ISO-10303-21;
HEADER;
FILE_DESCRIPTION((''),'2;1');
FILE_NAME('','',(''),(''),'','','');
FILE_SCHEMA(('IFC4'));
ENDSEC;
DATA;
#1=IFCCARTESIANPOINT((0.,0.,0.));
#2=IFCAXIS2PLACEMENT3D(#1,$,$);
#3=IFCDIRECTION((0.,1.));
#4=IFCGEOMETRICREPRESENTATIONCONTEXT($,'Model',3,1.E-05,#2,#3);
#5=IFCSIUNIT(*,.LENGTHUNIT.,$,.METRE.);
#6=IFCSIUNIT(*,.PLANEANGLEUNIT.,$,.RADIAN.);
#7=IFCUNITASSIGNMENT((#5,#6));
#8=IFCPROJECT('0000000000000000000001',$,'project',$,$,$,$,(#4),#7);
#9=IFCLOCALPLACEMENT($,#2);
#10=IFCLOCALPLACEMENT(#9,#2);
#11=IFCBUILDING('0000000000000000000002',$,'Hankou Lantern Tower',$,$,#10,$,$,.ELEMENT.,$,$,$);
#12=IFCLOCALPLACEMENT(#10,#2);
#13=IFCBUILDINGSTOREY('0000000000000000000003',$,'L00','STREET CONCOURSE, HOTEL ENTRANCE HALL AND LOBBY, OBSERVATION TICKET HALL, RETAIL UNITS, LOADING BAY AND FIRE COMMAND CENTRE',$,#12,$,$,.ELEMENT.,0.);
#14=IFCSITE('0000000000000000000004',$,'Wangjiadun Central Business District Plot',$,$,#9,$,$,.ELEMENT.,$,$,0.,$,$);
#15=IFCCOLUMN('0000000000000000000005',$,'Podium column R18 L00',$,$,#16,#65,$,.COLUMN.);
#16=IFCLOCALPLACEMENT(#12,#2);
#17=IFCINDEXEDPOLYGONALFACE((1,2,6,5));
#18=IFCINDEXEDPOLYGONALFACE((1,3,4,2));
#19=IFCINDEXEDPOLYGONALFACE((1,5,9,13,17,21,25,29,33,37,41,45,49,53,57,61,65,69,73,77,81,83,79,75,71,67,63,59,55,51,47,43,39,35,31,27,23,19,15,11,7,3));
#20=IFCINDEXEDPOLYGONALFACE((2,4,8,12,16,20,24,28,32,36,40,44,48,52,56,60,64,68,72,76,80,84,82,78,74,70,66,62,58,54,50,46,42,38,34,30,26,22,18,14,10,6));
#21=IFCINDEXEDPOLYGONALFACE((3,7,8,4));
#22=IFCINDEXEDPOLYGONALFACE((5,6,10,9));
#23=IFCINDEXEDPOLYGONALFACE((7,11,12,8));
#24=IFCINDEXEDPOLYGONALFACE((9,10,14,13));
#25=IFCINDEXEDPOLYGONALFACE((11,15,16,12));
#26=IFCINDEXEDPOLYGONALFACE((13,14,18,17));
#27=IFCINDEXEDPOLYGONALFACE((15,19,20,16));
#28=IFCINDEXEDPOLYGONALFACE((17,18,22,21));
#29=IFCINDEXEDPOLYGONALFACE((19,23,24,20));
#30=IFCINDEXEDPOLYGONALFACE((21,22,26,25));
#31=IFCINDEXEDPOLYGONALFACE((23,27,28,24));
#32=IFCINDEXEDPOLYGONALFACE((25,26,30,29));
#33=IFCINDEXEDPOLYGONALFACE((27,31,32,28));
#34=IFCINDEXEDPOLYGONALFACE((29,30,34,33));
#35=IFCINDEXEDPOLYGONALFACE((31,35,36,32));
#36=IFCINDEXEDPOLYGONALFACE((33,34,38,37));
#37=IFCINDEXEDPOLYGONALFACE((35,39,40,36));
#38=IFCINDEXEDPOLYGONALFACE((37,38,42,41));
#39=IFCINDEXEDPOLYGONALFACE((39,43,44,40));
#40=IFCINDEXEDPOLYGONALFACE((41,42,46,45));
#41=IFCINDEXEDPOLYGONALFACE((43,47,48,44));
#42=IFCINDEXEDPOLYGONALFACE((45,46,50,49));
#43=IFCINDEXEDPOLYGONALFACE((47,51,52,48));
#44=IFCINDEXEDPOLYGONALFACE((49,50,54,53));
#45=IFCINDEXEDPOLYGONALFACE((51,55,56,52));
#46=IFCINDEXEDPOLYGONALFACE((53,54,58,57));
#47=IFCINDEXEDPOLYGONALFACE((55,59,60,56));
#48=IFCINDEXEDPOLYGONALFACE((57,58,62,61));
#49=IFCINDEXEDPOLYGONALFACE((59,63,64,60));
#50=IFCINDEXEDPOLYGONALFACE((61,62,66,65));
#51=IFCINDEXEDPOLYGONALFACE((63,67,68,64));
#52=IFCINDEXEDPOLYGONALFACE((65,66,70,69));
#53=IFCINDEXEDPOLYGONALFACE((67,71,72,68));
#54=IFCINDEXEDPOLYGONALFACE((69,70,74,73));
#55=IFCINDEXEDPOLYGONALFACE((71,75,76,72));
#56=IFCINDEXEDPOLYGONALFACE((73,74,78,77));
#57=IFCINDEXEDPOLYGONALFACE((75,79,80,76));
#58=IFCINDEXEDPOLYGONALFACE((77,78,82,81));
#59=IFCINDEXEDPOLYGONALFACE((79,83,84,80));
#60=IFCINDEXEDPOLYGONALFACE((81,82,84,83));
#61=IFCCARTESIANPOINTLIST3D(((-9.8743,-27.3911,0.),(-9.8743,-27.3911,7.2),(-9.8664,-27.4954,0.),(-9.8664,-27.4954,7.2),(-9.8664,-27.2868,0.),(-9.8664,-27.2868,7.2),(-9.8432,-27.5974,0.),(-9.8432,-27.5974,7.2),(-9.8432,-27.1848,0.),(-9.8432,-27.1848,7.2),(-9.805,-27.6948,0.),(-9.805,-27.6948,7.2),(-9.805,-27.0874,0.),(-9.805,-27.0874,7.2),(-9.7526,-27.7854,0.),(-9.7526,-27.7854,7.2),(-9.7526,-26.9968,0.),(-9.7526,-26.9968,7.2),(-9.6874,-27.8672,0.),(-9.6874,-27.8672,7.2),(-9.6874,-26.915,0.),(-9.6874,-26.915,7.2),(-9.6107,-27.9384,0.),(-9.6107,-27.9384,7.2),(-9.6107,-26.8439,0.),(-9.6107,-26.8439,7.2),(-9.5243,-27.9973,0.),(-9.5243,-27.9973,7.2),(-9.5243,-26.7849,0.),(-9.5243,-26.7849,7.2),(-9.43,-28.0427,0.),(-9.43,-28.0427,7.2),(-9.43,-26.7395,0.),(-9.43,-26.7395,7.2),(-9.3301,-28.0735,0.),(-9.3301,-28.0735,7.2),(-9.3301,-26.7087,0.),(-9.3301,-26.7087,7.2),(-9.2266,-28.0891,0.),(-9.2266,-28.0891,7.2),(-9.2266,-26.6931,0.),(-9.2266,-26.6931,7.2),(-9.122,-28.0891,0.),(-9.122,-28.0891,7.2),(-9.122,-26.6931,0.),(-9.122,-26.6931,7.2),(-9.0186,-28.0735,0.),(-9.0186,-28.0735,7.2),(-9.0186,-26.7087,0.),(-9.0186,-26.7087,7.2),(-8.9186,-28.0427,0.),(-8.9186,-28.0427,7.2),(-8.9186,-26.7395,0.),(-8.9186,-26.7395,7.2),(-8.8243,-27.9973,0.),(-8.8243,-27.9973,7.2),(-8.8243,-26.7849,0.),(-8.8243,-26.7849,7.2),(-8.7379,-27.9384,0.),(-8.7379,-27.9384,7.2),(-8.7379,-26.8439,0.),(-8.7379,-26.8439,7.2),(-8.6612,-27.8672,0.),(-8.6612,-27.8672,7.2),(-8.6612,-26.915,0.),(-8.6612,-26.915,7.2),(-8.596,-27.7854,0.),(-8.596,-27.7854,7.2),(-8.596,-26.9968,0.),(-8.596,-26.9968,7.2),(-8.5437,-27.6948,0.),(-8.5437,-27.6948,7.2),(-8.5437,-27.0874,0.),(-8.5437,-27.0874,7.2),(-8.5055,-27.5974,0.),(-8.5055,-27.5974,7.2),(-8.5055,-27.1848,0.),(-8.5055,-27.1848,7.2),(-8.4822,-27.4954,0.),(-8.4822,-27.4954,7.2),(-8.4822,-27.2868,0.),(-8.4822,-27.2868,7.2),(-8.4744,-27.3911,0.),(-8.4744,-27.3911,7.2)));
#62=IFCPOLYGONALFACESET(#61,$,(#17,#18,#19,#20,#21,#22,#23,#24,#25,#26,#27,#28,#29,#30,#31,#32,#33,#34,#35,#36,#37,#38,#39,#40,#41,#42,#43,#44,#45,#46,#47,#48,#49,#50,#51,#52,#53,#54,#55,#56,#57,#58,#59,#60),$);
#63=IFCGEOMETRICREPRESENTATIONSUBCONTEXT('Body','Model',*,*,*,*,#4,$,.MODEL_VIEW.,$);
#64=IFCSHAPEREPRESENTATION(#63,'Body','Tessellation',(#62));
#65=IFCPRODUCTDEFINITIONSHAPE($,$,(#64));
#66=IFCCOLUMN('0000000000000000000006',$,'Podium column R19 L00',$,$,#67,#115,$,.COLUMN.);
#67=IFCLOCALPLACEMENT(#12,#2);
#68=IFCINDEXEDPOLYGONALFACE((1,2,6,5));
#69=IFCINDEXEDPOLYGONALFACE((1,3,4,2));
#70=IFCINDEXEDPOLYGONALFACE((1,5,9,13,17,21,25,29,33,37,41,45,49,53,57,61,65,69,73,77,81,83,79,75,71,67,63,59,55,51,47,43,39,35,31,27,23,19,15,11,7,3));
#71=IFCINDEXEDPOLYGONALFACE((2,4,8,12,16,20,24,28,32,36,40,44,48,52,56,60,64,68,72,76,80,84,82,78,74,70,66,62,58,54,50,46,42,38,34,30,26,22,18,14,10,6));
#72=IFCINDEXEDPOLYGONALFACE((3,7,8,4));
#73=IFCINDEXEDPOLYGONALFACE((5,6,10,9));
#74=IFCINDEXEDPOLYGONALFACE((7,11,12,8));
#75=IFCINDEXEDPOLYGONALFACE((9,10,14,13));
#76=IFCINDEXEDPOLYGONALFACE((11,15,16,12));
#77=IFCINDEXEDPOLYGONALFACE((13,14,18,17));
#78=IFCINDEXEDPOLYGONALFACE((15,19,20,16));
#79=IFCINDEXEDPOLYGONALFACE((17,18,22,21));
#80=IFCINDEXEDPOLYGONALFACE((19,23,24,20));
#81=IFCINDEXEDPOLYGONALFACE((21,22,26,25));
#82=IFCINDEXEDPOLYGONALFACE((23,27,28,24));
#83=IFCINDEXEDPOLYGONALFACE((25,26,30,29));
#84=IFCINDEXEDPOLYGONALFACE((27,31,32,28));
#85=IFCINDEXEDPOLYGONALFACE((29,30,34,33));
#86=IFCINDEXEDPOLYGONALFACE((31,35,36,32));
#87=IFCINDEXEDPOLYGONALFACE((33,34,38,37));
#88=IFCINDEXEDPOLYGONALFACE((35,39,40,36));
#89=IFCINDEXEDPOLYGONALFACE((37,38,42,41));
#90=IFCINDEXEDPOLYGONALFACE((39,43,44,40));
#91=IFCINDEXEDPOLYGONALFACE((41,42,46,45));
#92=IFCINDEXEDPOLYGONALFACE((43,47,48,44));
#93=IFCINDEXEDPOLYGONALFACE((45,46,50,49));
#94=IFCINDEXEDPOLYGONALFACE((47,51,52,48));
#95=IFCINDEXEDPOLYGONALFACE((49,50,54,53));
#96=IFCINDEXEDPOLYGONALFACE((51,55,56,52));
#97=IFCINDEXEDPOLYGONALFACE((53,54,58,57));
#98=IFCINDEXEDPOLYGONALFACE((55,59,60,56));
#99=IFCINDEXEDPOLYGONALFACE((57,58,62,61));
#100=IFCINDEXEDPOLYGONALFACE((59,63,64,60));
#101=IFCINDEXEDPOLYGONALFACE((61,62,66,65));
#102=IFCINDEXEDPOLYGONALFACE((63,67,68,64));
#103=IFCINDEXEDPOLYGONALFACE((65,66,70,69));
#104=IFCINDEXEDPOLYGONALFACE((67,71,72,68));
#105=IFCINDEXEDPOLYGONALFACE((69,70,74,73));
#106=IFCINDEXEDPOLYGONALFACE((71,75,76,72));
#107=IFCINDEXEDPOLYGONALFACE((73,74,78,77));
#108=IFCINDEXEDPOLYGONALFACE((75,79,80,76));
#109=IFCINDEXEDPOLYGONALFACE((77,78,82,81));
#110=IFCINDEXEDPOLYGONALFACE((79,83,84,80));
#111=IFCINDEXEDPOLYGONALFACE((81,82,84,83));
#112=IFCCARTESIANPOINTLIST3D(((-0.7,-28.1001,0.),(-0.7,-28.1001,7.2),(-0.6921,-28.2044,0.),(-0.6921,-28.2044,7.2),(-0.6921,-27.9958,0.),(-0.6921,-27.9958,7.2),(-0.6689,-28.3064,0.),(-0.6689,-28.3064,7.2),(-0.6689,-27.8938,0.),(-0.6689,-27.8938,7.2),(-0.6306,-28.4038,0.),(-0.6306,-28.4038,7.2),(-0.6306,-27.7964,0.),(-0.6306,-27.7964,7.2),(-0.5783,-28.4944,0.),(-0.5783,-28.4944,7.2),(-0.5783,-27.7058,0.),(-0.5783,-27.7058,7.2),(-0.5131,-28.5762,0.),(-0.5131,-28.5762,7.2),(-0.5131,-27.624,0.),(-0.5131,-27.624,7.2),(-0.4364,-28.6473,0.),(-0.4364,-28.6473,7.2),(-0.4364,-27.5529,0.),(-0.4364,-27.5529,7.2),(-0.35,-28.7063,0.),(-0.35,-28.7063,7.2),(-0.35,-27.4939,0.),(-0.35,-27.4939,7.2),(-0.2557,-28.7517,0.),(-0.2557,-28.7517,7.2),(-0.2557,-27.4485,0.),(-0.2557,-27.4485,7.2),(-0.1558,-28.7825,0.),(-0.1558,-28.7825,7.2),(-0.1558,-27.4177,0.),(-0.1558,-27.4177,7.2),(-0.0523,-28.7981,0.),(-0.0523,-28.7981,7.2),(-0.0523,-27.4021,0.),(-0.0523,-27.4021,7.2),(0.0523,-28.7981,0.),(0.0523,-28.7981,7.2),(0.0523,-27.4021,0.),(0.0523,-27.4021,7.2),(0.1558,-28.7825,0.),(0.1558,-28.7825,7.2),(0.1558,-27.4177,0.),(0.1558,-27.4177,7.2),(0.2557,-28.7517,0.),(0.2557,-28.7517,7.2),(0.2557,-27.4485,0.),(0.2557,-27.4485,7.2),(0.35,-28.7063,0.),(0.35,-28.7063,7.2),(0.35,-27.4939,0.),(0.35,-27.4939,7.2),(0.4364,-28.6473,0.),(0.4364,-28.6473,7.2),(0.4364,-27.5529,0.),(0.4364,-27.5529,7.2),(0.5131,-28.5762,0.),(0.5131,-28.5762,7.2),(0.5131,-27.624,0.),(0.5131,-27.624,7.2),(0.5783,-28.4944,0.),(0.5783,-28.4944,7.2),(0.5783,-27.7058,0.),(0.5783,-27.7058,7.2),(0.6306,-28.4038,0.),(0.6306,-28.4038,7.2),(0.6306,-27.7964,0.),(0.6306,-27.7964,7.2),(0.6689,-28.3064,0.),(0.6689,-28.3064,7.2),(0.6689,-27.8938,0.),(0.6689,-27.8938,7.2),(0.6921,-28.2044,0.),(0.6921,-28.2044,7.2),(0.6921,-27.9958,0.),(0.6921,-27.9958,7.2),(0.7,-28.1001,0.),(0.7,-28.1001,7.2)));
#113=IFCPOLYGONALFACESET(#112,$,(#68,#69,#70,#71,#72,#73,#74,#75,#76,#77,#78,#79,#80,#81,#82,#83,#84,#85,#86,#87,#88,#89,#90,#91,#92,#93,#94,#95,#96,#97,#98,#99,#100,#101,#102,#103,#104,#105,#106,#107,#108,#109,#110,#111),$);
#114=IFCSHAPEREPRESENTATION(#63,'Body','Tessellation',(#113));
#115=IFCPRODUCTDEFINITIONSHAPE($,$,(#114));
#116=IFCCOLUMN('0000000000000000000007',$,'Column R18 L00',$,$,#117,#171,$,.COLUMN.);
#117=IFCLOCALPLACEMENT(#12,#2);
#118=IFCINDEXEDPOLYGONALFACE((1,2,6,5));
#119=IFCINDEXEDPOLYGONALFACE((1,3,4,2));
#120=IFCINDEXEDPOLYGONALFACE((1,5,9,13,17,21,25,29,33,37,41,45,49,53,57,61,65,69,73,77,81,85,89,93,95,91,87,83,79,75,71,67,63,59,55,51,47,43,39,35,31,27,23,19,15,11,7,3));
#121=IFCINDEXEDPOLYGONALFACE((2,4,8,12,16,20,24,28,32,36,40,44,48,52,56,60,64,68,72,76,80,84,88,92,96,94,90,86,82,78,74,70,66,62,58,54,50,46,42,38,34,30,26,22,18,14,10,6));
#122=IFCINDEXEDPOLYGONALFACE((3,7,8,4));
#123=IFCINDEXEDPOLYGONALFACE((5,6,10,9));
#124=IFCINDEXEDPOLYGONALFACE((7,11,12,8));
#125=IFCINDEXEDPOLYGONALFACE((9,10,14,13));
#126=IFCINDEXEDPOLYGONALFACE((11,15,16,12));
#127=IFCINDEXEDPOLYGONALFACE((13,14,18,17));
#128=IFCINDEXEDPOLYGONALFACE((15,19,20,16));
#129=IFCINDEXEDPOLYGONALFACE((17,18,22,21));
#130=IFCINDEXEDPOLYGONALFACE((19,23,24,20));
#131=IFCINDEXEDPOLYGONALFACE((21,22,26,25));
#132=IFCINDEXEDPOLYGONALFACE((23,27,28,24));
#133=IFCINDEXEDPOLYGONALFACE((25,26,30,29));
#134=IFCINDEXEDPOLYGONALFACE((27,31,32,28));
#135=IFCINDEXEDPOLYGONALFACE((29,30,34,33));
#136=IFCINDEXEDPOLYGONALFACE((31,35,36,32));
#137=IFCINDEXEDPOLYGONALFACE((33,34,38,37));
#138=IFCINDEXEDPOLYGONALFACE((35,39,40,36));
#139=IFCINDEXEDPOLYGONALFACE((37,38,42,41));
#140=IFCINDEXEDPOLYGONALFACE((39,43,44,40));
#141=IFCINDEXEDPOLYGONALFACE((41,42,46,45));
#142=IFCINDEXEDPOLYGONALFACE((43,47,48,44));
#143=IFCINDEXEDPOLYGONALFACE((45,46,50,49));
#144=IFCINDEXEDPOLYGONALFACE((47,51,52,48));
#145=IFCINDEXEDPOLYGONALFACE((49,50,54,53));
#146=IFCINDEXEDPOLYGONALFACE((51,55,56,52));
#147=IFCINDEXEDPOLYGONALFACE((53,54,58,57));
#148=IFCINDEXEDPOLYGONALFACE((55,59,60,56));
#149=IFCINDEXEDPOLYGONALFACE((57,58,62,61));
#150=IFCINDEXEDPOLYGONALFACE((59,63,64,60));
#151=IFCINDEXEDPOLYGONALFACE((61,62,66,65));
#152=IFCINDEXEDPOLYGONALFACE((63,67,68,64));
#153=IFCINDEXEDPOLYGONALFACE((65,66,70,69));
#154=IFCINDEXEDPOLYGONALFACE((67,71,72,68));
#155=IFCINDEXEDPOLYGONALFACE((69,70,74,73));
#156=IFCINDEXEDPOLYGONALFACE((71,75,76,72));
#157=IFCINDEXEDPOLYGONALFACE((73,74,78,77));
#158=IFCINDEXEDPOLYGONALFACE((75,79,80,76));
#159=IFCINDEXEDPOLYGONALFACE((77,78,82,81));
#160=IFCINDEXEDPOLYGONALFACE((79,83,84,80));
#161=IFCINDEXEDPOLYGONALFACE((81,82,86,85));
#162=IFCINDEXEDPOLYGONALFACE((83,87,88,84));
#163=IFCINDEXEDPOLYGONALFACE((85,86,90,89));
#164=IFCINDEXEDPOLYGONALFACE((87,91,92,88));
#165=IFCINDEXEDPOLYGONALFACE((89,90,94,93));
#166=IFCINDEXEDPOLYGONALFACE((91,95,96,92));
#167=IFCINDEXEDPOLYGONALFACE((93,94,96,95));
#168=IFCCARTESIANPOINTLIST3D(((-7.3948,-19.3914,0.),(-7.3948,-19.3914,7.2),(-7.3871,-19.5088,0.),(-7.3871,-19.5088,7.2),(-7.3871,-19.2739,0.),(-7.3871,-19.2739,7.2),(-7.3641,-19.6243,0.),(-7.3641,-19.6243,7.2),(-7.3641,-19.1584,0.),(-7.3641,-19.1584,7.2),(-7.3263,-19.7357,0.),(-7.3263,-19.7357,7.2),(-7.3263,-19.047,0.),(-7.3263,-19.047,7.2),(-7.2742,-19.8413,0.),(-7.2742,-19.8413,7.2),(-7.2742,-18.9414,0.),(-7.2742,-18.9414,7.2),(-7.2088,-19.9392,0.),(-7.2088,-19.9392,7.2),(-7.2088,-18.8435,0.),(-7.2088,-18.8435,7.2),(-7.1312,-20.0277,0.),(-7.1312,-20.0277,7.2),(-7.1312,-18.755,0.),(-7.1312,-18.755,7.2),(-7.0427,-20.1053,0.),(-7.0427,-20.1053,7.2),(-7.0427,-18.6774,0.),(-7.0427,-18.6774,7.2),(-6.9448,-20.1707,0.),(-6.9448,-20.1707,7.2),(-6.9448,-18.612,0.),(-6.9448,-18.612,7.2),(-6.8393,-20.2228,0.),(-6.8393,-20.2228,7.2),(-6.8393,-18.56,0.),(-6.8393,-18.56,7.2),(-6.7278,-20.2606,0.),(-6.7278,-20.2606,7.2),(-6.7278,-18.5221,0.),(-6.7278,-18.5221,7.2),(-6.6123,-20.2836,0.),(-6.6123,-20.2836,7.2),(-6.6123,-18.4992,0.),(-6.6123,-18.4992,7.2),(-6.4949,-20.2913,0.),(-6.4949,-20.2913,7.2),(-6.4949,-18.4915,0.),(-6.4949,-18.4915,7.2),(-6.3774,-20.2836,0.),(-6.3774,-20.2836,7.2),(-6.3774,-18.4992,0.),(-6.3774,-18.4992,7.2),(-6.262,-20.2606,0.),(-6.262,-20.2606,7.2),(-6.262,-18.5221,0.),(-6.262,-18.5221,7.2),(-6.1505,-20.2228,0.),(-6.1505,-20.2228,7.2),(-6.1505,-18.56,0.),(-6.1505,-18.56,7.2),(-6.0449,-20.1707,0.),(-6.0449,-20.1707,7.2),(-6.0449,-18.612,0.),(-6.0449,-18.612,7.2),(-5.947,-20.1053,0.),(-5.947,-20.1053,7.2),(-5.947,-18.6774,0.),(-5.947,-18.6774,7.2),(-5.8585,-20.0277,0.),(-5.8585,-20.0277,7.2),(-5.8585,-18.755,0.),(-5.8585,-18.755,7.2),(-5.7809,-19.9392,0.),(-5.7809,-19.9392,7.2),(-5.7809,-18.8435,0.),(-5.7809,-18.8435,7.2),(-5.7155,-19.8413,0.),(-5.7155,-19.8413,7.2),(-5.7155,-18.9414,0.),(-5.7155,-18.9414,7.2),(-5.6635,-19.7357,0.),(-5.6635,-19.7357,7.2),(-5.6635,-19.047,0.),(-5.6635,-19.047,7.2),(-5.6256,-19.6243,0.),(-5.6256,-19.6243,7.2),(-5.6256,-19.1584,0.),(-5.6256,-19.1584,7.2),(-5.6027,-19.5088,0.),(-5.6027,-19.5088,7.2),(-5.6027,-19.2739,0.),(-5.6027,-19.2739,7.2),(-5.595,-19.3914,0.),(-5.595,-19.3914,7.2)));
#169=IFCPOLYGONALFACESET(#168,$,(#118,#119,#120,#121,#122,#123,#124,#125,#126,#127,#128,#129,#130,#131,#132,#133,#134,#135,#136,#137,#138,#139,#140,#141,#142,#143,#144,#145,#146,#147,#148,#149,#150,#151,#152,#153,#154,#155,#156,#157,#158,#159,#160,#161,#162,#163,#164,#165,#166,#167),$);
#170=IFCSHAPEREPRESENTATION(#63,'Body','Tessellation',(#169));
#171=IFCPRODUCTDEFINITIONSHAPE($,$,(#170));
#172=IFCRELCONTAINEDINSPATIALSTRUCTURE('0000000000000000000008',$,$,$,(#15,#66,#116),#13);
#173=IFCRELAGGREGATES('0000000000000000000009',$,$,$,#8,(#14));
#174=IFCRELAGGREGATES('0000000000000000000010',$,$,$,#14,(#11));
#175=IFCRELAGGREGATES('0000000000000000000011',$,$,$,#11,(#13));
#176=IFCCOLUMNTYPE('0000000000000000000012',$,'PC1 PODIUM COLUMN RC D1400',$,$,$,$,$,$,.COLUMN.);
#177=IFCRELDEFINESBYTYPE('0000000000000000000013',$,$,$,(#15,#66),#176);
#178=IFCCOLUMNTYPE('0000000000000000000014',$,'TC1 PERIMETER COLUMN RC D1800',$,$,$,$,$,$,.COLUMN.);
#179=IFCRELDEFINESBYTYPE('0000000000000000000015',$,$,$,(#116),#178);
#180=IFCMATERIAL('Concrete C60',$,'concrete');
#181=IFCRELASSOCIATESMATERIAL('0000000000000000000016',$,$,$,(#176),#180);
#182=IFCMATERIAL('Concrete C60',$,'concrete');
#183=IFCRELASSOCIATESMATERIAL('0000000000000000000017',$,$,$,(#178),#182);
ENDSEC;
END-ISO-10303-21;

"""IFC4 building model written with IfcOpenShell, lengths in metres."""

from ifc_helpers import new_model, si_unit, direction, frame, origin, origin_2d, place, context, subcontext, project, spatial, circle, extrude, material, material_profile, profile_set, type_object, element, save


model = new_model("IFC4")

# Units and contexts
model_context = context("Model", 3, precision=1e-05, world=origin(), true_north=direction((0.0, 1.0)))
body_context = subcontext(model_context, "Body", "Model", "MODEL_VIEW")
ifc_project = project(units=[si_unit("LENGTHUNIT", "METRE"), si_unit("PLANEANGLEUNIT", "RADIAN")], contexts=[model_context])

# Site, building, storey
site_placement = place(None, origin())
site = spatial("IfcSite", under=ifc_project, at=site_placement, Name="Wangjiadun Central Business District Plot", CompositionType="ELEMENT", RefElevation=0.0)
building_placement = place(site_placement, origin())
building = spatial("IfcBuilding", under=site, at=building_placement, Name="Hankou Lantern Tower", CompositionType="ELEMENT")
storey_placement = place(building_placement, origin())
storey = spatial("IfcBuildingStorey", under=building, at=storey_placement, Name="L00", Description="STREET CONCOURSE, HOTEL ENTRANCE HALL AND LOBBY, OBSERVATION TICKET HALL, RETAIL UNITS, LOADING BAY AND FIRE COMMAND CENTRE", CompositionType="ELEMENT", Elevation=0.0)

# Columns
ifc_material_1 = material(Name="Concrete C60", Category="concrete")
ifc_material_profile_1 = material_profile(ifc_material_1, circle(Radius=0.7, at=origin_2d()), Name="RC D1400")
ifc_profile_set_1 = profile_set([ifc_material_profile_1], Name="Concrete C60")
column_type_1 = type_object("IfcColumnType", Name="PC1 PODIUM COLUMN RC D1400", PredefinedType="COLUMN", material=ifc_profile_set_1)
for number, where, z_axis, x_axis, name in (
    (1, (-9.1743, -27.3911, 0.0), (0.0, 0.0, 1.0), (1.0, 0.0, 0.0), "Podium column R18 L00"),
    (2, (0.0, -28.1001, 0.0), (0.0, 0.0, 1.0), (1.0, 0.0, 0.0), "Podium column R19 L00"),
):
    element("IfcColumn", number, at=place(storey_placement, frame(where, z_axis=z_axis, x_axis=x_axis)), inside=storey, type_object=column_type_1, Name=name, PredefinedType="COLUMN", context=body_context, shape_type="SweptSolid", body=[
        extrude(circle(Radius=0.7, at=origin_2d()), origin(), (0.0, 0.0, 1.0), 7.2),
    ])
ifc_material_2 = material(Name="Concrete C60", Category="concrete")
ifc_material_profile_2 = material_profile(ifc_material_2, circle(Radius=0.8999, at=origin_2d()), Name="RC D1800")
ifc_profile_set_2 = profile_set([ifc_material_profile_2], Name="Concrete C60")
column_type_2 = type_object("IfcColumnType", Name="TC1 PERIMETER COLUMN RC D1800", PredefinedType="COLUMN", material=ifc_profile_set_2)
for number, where, z_axis, x_axis, name in (
    (3, (-6.4949, -19.3914, 0.0), (0.0, 0.0, 1.0), (1.0, 0.0, 0.0), "Column R18 L00"),
):
    element("IfcColumn", number, at=place(storey_placement, frame(where, z_axis=z_axis, x_axis=x_axis)), inside=storey, type_object=column_type_2, Name=name, PredefinedType="COLUMN", context=body_context, shape_type="SweptSolid", body=[
        extrude(circle(Radius=0.8999, at=origin_2d()), origin(), (0.0, 0.0, 1.0), 7.2),
    ])

save(model, "model.ifc")
